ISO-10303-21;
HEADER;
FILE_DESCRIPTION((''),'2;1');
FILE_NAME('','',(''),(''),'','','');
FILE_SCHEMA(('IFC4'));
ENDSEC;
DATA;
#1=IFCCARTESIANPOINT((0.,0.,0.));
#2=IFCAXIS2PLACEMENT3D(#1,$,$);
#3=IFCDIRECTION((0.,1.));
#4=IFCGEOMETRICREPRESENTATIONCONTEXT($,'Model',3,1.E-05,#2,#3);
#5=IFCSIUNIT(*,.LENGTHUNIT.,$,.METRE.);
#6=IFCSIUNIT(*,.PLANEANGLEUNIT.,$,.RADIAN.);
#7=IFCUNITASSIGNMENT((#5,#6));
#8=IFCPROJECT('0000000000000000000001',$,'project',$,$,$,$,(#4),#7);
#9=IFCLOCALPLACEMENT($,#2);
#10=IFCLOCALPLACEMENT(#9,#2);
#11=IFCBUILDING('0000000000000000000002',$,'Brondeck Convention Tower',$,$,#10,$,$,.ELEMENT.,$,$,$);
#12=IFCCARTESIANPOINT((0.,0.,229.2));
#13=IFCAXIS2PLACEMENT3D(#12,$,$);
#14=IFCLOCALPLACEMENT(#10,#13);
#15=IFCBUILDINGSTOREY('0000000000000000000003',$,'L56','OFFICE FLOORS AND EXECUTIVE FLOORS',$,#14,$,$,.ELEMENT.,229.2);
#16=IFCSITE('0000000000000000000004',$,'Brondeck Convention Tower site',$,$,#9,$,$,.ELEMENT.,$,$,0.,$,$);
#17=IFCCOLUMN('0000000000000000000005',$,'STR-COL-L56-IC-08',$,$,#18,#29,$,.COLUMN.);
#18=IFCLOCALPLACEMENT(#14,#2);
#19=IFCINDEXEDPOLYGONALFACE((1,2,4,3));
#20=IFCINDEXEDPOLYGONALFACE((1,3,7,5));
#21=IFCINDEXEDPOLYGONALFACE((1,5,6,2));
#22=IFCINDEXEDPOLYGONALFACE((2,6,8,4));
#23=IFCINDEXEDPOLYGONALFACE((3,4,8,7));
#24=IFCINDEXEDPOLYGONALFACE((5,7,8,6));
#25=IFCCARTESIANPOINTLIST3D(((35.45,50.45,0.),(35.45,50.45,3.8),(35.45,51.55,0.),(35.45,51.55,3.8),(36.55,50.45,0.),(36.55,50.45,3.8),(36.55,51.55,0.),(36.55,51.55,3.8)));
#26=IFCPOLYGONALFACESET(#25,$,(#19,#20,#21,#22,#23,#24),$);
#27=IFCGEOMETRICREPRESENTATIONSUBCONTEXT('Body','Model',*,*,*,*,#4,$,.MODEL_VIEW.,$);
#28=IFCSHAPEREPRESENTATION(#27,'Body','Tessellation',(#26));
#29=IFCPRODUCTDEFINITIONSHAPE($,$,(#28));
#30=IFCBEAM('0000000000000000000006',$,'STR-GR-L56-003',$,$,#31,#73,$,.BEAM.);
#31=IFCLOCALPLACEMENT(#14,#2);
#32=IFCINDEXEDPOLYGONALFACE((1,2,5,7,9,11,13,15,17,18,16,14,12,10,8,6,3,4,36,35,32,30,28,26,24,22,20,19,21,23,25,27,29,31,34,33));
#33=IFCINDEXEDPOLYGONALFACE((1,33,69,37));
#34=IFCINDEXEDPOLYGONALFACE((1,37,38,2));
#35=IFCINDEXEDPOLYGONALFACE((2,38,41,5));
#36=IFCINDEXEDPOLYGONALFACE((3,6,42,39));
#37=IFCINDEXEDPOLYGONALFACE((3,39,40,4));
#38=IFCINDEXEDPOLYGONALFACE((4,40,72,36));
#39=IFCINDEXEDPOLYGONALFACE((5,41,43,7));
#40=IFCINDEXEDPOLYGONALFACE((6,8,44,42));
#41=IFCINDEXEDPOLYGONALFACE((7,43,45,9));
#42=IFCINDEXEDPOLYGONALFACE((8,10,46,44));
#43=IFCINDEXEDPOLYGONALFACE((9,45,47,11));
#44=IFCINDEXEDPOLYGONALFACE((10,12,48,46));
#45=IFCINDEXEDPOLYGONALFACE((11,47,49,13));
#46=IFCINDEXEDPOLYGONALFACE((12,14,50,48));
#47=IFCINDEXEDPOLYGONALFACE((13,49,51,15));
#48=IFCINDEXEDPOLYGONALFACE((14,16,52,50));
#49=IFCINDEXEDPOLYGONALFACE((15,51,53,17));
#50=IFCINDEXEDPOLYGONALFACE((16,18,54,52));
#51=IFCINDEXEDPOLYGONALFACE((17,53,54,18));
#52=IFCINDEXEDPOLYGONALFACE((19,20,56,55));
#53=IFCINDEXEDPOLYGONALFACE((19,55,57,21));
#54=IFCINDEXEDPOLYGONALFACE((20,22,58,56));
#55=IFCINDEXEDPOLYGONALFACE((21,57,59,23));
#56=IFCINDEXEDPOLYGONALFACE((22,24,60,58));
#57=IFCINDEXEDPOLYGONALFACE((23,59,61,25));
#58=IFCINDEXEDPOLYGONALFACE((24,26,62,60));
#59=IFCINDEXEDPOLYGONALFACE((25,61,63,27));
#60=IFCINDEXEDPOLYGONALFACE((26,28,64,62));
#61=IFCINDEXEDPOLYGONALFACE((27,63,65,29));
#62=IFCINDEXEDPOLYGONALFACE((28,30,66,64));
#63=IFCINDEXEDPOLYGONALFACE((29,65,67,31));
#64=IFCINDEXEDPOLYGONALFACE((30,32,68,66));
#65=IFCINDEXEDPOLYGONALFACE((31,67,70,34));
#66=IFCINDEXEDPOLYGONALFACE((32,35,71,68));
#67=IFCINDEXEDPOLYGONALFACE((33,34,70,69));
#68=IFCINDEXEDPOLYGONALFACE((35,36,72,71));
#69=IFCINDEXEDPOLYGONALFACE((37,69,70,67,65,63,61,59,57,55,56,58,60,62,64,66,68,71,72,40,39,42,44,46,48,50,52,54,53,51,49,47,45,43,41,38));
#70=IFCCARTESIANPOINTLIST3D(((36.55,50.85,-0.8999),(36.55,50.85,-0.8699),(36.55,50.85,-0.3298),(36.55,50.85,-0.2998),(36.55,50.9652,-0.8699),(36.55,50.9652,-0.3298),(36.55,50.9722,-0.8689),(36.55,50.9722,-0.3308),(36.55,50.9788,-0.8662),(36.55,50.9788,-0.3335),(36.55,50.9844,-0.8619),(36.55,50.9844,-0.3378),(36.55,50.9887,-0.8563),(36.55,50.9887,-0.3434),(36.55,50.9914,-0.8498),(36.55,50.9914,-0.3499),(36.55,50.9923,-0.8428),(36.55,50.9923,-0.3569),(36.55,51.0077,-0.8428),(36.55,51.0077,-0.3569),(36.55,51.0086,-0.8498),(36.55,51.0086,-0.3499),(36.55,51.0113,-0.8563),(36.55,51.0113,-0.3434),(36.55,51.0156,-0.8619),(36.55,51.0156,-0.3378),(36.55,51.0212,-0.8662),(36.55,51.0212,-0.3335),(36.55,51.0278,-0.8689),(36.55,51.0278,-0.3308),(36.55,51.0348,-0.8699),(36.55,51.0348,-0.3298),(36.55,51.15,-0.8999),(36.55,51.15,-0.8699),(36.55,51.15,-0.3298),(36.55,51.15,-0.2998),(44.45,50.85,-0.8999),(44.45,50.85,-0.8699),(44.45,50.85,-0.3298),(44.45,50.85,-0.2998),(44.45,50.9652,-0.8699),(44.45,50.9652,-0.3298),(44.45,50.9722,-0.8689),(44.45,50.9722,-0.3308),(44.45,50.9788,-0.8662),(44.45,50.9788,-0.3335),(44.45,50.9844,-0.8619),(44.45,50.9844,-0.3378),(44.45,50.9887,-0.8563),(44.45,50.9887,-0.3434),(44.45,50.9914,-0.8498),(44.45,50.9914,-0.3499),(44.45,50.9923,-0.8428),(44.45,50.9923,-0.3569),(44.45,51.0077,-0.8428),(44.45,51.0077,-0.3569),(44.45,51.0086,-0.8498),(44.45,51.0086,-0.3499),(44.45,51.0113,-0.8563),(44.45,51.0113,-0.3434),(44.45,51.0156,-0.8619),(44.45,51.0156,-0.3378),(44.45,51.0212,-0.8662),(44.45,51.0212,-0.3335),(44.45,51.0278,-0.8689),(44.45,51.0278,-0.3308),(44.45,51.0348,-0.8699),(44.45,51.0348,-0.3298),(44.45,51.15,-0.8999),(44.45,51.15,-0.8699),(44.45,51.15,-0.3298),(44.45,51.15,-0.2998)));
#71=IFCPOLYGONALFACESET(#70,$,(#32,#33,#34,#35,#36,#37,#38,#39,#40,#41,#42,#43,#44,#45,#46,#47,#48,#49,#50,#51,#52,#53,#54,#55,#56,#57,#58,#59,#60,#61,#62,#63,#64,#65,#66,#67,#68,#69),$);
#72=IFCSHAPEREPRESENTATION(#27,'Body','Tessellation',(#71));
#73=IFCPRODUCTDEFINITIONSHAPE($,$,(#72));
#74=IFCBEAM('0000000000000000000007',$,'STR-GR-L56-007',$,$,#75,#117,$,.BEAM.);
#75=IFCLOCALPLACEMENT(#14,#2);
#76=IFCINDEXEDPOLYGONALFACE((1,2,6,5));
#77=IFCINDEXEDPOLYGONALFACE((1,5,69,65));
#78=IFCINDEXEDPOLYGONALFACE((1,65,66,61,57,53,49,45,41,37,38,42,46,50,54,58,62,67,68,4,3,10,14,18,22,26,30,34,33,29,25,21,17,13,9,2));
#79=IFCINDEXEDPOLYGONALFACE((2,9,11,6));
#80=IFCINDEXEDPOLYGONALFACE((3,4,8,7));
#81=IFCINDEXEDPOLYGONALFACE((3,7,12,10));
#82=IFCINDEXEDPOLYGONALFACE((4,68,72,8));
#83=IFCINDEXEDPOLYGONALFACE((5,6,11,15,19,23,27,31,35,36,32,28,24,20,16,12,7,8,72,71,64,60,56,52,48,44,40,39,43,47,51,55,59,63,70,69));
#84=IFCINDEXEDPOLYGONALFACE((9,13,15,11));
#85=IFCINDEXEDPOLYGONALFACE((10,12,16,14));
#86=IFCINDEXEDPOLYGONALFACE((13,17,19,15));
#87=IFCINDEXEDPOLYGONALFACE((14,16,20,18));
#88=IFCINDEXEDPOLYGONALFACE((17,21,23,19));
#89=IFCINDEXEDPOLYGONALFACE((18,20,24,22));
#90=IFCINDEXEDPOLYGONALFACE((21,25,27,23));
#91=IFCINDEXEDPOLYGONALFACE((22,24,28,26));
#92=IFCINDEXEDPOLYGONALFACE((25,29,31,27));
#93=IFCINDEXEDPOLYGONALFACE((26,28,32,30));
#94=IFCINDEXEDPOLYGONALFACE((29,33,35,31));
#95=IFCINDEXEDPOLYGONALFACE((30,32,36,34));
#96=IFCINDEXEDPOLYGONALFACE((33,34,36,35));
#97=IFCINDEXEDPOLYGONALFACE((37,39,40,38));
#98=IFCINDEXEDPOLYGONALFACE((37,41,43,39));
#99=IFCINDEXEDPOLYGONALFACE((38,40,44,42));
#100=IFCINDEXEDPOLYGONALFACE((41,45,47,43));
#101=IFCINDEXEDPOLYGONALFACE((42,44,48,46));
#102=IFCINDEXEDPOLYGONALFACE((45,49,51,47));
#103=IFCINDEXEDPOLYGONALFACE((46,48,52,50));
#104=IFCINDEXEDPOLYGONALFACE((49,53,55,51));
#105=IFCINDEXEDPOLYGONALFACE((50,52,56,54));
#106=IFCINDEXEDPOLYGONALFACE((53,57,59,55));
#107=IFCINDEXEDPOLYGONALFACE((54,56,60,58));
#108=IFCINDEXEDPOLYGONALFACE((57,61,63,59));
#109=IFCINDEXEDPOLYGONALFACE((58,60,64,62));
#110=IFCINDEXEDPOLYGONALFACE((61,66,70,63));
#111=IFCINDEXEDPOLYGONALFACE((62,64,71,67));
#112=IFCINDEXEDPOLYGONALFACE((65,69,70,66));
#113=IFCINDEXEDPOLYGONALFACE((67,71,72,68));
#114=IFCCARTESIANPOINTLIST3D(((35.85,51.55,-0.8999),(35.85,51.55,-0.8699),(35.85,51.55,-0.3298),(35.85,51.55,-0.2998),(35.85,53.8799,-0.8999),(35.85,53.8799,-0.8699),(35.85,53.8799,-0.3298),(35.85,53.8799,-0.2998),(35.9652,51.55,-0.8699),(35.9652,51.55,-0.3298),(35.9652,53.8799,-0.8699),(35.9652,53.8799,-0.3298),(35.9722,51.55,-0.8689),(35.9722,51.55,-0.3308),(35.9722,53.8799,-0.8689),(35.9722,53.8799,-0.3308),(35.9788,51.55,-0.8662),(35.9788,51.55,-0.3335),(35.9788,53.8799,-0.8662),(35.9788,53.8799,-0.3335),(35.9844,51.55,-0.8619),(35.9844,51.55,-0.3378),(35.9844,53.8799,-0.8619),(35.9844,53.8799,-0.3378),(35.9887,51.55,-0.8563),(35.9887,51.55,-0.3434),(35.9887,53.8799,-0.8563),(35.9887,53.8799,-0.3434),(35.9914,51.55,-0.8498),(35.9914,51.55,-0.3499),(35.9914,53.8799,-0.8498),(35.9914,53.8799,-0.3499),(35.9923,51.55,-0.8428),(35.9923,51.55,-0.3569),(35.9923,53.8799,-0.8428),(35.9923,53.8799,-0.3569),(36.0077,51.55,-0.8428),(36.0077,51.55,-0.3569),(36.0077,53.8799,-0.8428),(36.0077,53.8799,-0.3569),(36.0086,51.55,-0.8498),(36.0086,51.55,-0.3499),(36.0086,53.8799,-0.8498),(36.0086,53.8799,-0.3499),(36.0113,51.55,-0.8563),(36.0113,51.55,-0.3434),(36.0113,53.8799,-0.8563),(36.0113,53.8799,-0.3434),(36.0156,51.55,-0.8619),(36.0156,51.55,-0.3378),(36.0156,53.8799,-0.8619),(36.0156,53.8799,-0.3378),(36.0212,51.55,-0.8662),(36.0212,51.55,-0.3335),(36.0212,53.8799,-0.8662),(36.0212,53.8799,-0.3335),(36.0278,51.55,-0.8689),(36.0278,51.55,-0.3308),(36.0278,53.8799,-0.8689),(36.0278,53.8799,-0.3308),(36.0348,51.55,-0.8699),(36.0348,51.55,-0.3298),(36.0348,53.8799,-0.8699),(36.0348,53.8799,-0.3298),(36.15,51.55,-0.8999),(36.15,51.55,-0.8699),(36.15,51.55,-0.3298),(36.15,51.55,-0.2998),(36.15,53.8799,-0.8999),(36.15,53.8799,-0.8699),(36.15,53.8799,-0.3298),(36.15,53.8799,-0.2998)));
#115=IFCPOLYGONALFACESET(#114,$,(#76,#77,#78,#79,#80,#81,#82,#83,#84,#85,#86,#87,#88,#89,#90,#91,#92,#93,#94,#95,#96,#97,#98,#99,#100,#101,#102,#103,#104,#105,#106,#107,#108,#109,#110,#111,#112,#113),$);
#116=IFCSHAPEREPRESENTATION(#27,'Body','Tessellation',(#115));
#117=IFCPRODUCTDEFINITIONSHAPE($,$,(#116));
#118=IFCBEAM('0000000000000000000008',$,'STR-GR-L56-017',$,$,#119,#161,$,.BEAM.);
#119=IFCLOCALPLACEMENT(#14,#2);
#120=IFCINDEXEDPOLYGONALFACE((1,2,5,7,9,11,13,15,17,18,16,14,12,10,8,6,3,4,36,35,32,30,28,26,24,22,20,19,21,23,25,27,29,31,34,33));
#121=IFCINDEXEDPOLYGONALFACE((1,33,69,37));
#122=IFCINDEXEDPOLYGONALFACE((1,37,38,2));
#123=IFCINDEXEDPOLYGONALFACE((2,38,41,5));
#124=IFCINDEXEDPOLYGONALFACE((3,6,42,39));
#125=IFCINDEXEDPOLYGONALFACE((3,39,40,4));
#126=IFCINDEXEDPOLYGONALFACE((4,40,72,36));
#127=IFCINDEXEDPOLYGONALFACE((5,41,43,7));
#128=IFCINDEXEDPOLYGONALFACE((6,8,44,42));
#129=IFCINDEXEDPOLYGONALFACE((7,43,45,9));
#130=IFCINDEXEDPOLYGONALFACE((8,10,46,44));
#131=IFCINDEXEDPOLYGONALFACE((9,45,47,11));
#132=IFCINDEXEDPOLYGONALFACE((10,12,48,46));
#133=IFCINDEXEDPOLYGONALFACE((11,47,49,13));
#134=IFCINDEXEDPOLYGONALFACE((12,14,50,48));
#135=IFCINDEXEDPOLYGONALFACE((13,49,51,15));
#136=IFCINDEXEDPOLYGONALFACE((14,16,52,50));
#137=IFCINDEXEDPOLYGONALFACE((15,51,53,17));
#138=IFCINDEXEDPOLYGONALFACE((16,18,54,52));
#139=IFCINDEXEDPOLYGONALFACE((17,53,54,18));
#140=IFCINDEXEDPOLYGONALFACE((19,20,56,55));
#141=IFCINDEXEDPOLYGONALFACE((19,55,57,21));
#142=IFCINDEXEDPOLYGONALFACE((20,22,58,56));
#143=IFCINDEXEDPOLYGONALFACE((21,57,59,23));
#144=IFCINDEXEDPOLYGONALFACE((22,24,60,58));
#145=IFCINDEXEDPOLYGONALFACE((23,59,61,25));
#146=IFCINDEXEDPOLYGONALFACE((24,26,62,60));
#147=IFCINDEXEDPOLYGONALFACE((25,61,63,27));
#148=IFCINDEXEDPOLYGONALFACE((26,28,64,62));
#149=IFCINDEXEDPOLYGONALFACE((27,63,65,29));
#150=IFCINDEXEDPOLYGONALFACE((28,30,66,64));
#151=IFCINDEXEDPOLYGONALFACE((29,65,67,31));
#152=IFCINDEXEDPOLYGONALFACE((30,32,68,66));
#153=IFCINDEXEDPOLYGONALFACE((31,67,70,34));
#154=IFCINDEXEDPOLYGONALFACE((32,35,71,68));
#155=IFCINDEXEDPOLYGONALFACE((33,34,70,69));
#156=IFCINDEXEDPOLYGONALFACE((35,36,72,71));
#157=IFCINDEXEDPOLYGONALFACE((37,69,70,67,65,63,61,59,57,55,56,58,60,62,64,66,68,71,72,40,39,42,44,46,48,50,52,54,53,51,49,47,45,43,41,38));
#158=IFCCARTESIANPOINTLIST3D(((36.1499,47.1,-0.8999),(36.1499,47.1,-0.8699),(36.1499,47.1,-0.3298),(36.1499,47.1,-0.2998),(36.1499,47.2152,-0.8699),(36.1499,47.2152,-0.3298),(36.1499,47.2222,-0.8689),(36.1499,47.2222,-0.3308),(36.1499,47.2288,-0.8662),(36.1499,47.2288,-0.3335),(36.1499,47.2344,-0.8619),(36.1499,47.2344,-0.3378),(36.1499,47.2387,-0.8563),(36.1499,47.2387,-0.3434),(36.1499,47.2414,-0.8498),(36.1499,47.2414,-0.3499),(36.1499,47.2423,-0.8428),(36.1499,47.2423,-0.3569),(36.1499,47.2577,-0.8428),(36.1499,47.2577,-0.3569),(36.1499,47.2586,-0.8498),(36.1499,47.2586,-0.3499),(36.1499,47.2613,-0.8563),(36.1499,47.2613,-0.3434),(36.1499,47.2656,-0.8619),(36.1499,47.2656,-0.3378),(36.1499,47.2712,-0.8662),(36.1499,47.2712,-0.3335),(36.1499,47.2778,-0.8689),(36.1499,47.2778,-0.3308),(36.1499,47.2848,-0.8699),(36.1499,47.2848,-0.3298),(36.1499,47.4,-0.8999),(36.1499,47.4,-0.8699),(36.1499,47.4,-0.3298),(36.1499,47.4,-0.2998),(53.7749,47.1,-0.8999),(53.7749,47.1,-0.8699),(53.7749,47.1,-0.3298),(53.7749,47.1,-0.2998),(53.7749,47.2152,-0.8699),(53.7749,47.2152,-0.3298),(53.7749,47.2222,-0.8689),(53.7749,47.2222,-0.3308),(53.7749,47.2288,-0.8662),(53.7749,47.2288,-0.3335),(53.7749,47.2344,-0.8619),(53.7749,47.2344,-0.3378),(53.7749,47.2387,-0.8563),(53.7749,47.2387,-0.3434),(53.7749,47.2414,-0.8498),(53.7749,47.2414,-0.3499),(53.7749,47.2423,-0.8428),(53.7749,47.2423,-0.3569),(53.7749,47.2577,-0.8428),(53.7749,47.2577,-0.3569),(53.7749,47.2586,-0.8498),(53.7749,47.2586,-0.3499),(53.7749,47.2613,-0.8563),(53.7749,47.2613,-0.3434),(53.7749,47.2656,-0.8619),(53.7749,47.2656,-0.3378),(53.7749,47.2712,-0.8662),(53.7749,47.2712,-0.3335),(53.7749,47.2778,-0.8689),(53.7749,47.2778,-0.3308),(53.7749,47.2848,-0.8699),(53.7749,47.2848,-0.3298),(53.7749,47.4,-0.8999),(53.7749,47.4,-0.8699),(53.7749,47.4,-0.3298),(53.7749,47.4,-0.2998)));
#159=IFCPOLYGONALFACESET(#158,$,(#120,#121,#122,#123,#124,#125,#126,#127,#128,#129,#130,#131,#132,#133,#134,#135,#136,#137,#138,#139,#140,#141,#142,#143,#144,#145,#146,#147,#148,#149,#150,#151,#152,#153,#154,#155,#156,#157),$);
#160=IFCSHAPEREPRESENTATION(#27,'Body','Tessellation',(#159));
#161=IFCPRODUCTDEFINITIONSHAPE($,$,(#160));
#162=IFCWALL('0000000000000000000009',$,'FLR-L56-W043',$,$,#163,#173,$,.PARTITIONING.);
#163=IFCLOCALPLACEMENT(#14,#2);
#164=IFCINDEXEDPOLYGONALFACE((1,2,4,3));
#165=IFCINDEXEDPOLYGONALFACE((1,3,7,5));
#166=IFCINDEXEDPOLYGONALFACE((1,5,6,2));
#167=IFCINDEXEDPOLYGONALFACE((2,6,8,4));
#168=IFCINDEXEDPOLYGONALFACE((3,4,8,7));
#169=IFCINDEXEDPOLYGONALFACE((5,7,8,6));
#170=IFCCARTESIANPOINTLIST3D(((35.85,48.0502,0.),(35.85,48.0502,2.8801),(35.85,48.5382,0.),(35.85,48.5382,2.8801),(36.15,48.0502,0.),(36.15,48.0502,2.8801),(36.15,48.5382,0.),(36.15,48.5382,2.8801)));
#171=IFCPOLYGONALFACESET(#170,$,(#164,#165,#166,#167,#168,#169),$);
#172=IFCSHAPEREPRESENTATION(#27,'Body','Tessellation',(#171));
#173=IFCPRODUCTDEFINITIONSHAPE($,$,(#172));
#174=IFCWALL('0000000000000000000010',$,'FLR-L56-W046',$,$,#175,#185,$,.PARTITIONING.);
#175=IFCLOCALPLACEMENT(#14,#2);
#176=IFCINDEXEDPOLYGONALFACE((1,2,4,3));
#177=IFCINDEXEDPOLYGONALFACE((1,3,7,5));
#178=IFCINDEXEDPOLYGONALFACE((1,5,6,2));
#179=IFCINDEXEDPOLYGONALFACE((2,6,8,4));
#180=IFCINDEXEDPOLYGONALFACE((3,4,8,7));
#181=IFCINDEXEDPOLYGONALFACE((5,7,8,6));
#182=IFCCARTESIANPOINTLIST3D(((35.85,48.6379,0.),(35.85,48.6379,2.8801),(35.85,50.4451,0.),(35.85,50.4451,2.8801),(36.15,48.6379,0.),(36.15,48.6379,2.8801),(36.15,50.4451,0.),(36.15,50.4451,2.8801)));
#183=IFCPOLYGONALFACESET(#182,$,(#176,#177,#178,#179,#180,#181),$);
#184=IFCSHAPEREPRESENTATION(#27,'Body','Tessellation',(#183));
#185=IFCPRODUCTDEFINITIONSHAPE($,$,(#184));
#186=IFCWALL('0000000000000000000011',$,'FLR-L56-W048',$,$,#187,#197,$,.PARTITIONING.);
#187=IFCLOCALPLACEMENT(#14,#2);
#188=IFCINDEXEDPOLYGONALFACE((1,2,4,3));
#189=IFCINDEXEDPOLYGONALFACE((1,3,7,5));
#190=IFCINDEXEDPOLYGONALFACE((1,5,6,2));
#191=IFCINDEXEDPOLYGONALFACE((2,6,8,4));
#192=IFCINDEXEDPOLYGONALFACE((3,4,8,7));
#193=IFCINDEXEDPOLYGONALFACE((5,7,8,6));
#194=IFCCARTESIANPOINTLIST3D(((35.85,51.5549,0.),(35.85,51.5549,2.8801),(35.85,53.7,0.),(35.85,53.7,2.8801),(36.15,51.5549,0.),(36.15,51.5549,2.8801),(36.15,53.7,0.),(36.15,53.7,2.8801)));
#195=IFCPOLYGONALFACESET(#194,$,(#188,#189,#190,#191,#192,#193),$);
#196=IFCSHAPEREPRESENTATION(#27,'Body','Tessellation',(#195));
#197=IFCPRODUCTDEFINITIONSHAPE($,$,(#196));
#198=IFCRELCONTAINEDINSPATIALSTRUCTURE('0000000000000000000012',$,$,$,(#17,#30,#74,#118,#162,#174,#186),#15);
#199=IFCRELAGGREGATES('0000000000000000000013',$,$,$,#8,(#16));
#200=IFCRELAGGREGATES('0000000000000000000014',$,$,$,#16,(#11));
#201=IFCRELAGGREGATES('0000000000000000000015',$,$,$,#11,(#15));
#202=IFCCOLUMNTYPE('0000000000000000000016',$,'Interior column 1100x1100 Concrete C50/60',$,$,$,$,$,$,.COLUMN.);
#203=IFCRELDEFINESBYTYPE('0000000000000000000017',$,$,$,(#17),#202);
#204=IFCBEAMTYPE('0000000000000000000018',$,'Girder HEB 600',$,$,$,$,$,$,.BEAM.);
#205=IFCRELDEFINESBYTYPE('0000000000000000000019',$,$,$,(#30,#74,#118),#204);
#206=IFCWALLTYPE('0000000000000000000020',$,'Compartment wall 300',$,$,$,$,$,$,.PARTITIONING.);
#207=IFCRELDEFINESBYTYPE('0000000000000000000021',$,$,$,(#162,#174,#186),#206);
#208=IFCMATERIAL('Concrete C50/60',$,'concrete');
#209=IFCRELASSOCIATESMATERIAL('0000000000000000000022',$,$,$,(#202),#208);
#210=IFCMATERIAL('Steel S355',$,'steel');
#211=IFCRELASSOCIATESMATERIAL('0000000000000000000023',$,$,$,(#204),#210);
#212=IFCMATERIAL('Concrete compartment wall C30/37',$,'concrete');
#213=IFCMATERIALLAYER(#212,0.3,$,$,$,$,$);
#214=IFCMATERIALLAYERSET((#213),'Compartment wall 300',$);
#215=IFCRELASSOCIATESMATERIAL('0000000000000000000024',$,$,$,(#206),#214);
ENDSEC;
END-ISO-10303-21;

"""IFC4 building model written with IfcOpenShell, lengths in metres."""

from ifc_helpers import new_model, si_unit, direction, frame, frame_2d, origin, origin_2d, place, context, subcontext, project, spatial, rectangle, i_section, extrude, material, layer, layer_set, material_profile, profile_set, type_object, element, save


model = new_model("IFC4")

# Units and contexts
model_context = context("Model", 3, precision=1e-05, world=origin(), true_north=direction((0.0, 1.0)))
body_context = subcontext(model_context, "Body", "Model", "MODEL_VIEW")
ifc_project = project(units=[si_unit("LENGTHUNIT", "METRE"), si_unit("PLANEANGLEUNIT", "RADIAN")], contexts=[model_context])

# Site, building, storey
site_placement = place(None, origin())
site = spatial("IfcSite", under=ifc_project, at=site_placement, Name="Brondeck Convention Tower site", CompositionType="ELEMENT", RefElevation=0.0)
building_placement = place(site_placement, origin())
building = spatial("IfcBuilding", under=site, at=building_placement, Name="Brondeck Convention Tower", CompositionType="ELEMENT")
storey_placement = place(building_placement, frame((0.0, 0.0, 229.2)))
storey = spatial("IfcBuildingStorey", under=building, at=storey_placement, Name="L56", Description="OFFICE FLOORS AND EXECUTIVE FLOORS", CompositionType="ELEMENT", Elevation=229.2)

# Column
ifc_material_1 = material(Name="Concrete C50/60", Category="concrete")
ifc_material_profile_1 = material_profile(ifc_material_1, rectangle(XDim=1.1001, YDim=1.1001, at=origin_2d()), Name="Interior column 1100x1100 Concrete C50/60")
ifc_profile_set_1 = profile_set([ifc_material_profile_1], Name="Concrete C50/60")
column_type = type_object("IfcColumnType", Name="Interior column 1100x1100 Concrete C50/60", PredefinedType="COLUMN", material=ifc_profile_set_1)
column_placement = place(storey_placement, frame((36.0, 51.0, 0.0), z_axis=(0.0, 0.0, 1.0), x_axis=(1.0, 0.0, 0.0)))
element("IfcColumn", 1, at=column_placement, inside=storey, type_object=column_type, Name="STR-COL-L56-IC-08", PredefinedType="COLUMN", context=body_context, shape_type="SweptSolid", body=[
    extrude(rectangle(XDim=1.1001, YDim=1.1001, at=origin_2d()), origin(), (0.0, 0.0, 1.0), 3.8),
])

# Beams
ifc_material_2 = material(Name="Steel S355", Category="steel")
ifc_material_profile_2 = material_profile(ifc_material_2, i_section(OverallWidth=0.3, OverallDepth=0.6001, WebThickness=0.0154, FlangeThickness=0.03, FilletRadius=0.0271, at=origin_2d()), Name="HEB 600")
ifc_profile_set_2 = profile_set([ifc_material_profile_2], Name="Steel S355")
beam_type = type_object("IfcBeamType", Name="Girder HEB 600", PredefinedType="BEAM", material=ifc_profile_set_2)
beam_1_placement = place(storey_placement, frame((36.55, 51.0, -0.5999), z_axis=(1.0, 0.0, 0.0), x_axis=(0.0, 1.0, 0.0)))
element("IfcBeam", 2, at=beam_1_placement, inside=storey, type_object=beam_type, Name="STR-GR-L56-003", PredefinedType="BEAM", context=body_context, shape_type="SweptSolid", body=[
    extrude(i_section(OverallWidth=0.3, OverallDepth=0.6001, WebThickness=0.0154, FlangeThickness=0.03, FilletRadius=0.0271, at=origin_2d()), origin(), (0.0, 0.0, 1.0), 7.8999),
])
beam_2_placement = place(storey_placement, frame((36.0, 51.55, -0.5999), z_axis=(0.0, 1.0, 0.0), x_axis=(-1.0, 0.0, 0.0)))
element("IfcBeam", 3, at=beam_2_placement, inside=storey, type_object=beam_type, Name="STR-GR-L56-007", PredefinedType="BEAM", context=body_context, shape_type="SweptSolid", body=[
    extrude(i_section(OverallWidth=0.3, OverallDepth=0.6001, WebThickness=0.0154, FlangeThickness=0.03, FilletRadius=0.0271, at=origin_2d()), origin(), (0.0, 0.0, 1.0), 2.3298),
])
beam_3_placement = place(storey_placement, frame((36.1499, 47.25, -0.5999), z_axis=(1.0, 0.0, 0.0), x_axis=(0.0, 1.0, 0.0)))
element("IfcBeam", 4, at=beam_3_placement, inside=storey, type_object=beam_type, Name="STR-GR-L56-017", PredefinedType="BEAM", context=body_context, shape_type="SweptSolid", body=[
    extrude(i_section(OverallWidth=0.3, OverallDepth=0.6001, WebThickness=0.0154, FlangeThickness=0.03, FilletRadius=0.0271, at=origin_2d()), origin(), (0.0, 0.0, 1.0), 17.625),
])

# Walls
ifc_material_3 = material(Name="Concrete compartment wall C30/37", Category="concrete")
ifc_layer_1 = layer(ifc_material_3, 0.3)
ifc_layer_set_1 = layer_set([ifc_layer_1], Name="Compartment wall 300")
wall_type_1 = type_object("IfcWallType", Name="Compartment wall 300", PredefinedType="PARTITIONING", material=ifc_layer_set_1)
wall_1_placement = place(storey_placement, frame((36.0, 48.05, 0.0), z_axis=(0.0, 0.0, 1.0), x_axis=(0.0, 1.0, 0.0)))
element("IfcWall", 5, at=wall_1_placement, inside=storey, type_object=wall_type_1, Name="FLR-L56-W043", PredefinedType="PARTITIONING", context=body_context, shape_type="SweptSolid", body=[
    extrude(rectangle(XDim=0.488, YDim=0.3, at=frame_2d((0.2441, 0.0))), origin(), (0.0, 0.0, 1.0), 2.8801),
])
wall_2_placement = place(storey_placement, frame((36.0, 48.6379, 0.0), z_axis=(0.0, 0.0, 1.0), x_axis=(0.0, 1.0, 0.0)))
element("IfcWall", 6, at=wall_2_placement, inside=storey, type_object=wall_type_1, Name="FLR-L56-W046", PredefinedType="PARTITIONING", context=body_context, shape_type="SweptSolid", body=[
    extrude(rectangle(XDim=1.8071, YDim=0.3, at=frame_2d((0.9036, 0.0))), origin(), (0.0, 0.0, 1.0), 2.8801),
])
wall_3_placement = place(storey_placement, frame((36.0, 51.5549, 0.0), z_axis=(0.0, 0.0, 1.0), x_axis=(0.0, 1.0, 0.0)))
element("IfcWall", 7, at=wall_3_placement, inside=storey, type_object=wall_type_1, Name="FLR-L56-W048", PredefinedType="PARTITIONING", context=body_context, shape_type="SweptSolid", body=[
    extrude(rectangle(XDim=2.145, YDim=0.3, at=frame_2d((1.0725, 0.0))), origin(), (0.0, 0.0, 1.0), 2.8801),
])

save(model, "model.ifc")
